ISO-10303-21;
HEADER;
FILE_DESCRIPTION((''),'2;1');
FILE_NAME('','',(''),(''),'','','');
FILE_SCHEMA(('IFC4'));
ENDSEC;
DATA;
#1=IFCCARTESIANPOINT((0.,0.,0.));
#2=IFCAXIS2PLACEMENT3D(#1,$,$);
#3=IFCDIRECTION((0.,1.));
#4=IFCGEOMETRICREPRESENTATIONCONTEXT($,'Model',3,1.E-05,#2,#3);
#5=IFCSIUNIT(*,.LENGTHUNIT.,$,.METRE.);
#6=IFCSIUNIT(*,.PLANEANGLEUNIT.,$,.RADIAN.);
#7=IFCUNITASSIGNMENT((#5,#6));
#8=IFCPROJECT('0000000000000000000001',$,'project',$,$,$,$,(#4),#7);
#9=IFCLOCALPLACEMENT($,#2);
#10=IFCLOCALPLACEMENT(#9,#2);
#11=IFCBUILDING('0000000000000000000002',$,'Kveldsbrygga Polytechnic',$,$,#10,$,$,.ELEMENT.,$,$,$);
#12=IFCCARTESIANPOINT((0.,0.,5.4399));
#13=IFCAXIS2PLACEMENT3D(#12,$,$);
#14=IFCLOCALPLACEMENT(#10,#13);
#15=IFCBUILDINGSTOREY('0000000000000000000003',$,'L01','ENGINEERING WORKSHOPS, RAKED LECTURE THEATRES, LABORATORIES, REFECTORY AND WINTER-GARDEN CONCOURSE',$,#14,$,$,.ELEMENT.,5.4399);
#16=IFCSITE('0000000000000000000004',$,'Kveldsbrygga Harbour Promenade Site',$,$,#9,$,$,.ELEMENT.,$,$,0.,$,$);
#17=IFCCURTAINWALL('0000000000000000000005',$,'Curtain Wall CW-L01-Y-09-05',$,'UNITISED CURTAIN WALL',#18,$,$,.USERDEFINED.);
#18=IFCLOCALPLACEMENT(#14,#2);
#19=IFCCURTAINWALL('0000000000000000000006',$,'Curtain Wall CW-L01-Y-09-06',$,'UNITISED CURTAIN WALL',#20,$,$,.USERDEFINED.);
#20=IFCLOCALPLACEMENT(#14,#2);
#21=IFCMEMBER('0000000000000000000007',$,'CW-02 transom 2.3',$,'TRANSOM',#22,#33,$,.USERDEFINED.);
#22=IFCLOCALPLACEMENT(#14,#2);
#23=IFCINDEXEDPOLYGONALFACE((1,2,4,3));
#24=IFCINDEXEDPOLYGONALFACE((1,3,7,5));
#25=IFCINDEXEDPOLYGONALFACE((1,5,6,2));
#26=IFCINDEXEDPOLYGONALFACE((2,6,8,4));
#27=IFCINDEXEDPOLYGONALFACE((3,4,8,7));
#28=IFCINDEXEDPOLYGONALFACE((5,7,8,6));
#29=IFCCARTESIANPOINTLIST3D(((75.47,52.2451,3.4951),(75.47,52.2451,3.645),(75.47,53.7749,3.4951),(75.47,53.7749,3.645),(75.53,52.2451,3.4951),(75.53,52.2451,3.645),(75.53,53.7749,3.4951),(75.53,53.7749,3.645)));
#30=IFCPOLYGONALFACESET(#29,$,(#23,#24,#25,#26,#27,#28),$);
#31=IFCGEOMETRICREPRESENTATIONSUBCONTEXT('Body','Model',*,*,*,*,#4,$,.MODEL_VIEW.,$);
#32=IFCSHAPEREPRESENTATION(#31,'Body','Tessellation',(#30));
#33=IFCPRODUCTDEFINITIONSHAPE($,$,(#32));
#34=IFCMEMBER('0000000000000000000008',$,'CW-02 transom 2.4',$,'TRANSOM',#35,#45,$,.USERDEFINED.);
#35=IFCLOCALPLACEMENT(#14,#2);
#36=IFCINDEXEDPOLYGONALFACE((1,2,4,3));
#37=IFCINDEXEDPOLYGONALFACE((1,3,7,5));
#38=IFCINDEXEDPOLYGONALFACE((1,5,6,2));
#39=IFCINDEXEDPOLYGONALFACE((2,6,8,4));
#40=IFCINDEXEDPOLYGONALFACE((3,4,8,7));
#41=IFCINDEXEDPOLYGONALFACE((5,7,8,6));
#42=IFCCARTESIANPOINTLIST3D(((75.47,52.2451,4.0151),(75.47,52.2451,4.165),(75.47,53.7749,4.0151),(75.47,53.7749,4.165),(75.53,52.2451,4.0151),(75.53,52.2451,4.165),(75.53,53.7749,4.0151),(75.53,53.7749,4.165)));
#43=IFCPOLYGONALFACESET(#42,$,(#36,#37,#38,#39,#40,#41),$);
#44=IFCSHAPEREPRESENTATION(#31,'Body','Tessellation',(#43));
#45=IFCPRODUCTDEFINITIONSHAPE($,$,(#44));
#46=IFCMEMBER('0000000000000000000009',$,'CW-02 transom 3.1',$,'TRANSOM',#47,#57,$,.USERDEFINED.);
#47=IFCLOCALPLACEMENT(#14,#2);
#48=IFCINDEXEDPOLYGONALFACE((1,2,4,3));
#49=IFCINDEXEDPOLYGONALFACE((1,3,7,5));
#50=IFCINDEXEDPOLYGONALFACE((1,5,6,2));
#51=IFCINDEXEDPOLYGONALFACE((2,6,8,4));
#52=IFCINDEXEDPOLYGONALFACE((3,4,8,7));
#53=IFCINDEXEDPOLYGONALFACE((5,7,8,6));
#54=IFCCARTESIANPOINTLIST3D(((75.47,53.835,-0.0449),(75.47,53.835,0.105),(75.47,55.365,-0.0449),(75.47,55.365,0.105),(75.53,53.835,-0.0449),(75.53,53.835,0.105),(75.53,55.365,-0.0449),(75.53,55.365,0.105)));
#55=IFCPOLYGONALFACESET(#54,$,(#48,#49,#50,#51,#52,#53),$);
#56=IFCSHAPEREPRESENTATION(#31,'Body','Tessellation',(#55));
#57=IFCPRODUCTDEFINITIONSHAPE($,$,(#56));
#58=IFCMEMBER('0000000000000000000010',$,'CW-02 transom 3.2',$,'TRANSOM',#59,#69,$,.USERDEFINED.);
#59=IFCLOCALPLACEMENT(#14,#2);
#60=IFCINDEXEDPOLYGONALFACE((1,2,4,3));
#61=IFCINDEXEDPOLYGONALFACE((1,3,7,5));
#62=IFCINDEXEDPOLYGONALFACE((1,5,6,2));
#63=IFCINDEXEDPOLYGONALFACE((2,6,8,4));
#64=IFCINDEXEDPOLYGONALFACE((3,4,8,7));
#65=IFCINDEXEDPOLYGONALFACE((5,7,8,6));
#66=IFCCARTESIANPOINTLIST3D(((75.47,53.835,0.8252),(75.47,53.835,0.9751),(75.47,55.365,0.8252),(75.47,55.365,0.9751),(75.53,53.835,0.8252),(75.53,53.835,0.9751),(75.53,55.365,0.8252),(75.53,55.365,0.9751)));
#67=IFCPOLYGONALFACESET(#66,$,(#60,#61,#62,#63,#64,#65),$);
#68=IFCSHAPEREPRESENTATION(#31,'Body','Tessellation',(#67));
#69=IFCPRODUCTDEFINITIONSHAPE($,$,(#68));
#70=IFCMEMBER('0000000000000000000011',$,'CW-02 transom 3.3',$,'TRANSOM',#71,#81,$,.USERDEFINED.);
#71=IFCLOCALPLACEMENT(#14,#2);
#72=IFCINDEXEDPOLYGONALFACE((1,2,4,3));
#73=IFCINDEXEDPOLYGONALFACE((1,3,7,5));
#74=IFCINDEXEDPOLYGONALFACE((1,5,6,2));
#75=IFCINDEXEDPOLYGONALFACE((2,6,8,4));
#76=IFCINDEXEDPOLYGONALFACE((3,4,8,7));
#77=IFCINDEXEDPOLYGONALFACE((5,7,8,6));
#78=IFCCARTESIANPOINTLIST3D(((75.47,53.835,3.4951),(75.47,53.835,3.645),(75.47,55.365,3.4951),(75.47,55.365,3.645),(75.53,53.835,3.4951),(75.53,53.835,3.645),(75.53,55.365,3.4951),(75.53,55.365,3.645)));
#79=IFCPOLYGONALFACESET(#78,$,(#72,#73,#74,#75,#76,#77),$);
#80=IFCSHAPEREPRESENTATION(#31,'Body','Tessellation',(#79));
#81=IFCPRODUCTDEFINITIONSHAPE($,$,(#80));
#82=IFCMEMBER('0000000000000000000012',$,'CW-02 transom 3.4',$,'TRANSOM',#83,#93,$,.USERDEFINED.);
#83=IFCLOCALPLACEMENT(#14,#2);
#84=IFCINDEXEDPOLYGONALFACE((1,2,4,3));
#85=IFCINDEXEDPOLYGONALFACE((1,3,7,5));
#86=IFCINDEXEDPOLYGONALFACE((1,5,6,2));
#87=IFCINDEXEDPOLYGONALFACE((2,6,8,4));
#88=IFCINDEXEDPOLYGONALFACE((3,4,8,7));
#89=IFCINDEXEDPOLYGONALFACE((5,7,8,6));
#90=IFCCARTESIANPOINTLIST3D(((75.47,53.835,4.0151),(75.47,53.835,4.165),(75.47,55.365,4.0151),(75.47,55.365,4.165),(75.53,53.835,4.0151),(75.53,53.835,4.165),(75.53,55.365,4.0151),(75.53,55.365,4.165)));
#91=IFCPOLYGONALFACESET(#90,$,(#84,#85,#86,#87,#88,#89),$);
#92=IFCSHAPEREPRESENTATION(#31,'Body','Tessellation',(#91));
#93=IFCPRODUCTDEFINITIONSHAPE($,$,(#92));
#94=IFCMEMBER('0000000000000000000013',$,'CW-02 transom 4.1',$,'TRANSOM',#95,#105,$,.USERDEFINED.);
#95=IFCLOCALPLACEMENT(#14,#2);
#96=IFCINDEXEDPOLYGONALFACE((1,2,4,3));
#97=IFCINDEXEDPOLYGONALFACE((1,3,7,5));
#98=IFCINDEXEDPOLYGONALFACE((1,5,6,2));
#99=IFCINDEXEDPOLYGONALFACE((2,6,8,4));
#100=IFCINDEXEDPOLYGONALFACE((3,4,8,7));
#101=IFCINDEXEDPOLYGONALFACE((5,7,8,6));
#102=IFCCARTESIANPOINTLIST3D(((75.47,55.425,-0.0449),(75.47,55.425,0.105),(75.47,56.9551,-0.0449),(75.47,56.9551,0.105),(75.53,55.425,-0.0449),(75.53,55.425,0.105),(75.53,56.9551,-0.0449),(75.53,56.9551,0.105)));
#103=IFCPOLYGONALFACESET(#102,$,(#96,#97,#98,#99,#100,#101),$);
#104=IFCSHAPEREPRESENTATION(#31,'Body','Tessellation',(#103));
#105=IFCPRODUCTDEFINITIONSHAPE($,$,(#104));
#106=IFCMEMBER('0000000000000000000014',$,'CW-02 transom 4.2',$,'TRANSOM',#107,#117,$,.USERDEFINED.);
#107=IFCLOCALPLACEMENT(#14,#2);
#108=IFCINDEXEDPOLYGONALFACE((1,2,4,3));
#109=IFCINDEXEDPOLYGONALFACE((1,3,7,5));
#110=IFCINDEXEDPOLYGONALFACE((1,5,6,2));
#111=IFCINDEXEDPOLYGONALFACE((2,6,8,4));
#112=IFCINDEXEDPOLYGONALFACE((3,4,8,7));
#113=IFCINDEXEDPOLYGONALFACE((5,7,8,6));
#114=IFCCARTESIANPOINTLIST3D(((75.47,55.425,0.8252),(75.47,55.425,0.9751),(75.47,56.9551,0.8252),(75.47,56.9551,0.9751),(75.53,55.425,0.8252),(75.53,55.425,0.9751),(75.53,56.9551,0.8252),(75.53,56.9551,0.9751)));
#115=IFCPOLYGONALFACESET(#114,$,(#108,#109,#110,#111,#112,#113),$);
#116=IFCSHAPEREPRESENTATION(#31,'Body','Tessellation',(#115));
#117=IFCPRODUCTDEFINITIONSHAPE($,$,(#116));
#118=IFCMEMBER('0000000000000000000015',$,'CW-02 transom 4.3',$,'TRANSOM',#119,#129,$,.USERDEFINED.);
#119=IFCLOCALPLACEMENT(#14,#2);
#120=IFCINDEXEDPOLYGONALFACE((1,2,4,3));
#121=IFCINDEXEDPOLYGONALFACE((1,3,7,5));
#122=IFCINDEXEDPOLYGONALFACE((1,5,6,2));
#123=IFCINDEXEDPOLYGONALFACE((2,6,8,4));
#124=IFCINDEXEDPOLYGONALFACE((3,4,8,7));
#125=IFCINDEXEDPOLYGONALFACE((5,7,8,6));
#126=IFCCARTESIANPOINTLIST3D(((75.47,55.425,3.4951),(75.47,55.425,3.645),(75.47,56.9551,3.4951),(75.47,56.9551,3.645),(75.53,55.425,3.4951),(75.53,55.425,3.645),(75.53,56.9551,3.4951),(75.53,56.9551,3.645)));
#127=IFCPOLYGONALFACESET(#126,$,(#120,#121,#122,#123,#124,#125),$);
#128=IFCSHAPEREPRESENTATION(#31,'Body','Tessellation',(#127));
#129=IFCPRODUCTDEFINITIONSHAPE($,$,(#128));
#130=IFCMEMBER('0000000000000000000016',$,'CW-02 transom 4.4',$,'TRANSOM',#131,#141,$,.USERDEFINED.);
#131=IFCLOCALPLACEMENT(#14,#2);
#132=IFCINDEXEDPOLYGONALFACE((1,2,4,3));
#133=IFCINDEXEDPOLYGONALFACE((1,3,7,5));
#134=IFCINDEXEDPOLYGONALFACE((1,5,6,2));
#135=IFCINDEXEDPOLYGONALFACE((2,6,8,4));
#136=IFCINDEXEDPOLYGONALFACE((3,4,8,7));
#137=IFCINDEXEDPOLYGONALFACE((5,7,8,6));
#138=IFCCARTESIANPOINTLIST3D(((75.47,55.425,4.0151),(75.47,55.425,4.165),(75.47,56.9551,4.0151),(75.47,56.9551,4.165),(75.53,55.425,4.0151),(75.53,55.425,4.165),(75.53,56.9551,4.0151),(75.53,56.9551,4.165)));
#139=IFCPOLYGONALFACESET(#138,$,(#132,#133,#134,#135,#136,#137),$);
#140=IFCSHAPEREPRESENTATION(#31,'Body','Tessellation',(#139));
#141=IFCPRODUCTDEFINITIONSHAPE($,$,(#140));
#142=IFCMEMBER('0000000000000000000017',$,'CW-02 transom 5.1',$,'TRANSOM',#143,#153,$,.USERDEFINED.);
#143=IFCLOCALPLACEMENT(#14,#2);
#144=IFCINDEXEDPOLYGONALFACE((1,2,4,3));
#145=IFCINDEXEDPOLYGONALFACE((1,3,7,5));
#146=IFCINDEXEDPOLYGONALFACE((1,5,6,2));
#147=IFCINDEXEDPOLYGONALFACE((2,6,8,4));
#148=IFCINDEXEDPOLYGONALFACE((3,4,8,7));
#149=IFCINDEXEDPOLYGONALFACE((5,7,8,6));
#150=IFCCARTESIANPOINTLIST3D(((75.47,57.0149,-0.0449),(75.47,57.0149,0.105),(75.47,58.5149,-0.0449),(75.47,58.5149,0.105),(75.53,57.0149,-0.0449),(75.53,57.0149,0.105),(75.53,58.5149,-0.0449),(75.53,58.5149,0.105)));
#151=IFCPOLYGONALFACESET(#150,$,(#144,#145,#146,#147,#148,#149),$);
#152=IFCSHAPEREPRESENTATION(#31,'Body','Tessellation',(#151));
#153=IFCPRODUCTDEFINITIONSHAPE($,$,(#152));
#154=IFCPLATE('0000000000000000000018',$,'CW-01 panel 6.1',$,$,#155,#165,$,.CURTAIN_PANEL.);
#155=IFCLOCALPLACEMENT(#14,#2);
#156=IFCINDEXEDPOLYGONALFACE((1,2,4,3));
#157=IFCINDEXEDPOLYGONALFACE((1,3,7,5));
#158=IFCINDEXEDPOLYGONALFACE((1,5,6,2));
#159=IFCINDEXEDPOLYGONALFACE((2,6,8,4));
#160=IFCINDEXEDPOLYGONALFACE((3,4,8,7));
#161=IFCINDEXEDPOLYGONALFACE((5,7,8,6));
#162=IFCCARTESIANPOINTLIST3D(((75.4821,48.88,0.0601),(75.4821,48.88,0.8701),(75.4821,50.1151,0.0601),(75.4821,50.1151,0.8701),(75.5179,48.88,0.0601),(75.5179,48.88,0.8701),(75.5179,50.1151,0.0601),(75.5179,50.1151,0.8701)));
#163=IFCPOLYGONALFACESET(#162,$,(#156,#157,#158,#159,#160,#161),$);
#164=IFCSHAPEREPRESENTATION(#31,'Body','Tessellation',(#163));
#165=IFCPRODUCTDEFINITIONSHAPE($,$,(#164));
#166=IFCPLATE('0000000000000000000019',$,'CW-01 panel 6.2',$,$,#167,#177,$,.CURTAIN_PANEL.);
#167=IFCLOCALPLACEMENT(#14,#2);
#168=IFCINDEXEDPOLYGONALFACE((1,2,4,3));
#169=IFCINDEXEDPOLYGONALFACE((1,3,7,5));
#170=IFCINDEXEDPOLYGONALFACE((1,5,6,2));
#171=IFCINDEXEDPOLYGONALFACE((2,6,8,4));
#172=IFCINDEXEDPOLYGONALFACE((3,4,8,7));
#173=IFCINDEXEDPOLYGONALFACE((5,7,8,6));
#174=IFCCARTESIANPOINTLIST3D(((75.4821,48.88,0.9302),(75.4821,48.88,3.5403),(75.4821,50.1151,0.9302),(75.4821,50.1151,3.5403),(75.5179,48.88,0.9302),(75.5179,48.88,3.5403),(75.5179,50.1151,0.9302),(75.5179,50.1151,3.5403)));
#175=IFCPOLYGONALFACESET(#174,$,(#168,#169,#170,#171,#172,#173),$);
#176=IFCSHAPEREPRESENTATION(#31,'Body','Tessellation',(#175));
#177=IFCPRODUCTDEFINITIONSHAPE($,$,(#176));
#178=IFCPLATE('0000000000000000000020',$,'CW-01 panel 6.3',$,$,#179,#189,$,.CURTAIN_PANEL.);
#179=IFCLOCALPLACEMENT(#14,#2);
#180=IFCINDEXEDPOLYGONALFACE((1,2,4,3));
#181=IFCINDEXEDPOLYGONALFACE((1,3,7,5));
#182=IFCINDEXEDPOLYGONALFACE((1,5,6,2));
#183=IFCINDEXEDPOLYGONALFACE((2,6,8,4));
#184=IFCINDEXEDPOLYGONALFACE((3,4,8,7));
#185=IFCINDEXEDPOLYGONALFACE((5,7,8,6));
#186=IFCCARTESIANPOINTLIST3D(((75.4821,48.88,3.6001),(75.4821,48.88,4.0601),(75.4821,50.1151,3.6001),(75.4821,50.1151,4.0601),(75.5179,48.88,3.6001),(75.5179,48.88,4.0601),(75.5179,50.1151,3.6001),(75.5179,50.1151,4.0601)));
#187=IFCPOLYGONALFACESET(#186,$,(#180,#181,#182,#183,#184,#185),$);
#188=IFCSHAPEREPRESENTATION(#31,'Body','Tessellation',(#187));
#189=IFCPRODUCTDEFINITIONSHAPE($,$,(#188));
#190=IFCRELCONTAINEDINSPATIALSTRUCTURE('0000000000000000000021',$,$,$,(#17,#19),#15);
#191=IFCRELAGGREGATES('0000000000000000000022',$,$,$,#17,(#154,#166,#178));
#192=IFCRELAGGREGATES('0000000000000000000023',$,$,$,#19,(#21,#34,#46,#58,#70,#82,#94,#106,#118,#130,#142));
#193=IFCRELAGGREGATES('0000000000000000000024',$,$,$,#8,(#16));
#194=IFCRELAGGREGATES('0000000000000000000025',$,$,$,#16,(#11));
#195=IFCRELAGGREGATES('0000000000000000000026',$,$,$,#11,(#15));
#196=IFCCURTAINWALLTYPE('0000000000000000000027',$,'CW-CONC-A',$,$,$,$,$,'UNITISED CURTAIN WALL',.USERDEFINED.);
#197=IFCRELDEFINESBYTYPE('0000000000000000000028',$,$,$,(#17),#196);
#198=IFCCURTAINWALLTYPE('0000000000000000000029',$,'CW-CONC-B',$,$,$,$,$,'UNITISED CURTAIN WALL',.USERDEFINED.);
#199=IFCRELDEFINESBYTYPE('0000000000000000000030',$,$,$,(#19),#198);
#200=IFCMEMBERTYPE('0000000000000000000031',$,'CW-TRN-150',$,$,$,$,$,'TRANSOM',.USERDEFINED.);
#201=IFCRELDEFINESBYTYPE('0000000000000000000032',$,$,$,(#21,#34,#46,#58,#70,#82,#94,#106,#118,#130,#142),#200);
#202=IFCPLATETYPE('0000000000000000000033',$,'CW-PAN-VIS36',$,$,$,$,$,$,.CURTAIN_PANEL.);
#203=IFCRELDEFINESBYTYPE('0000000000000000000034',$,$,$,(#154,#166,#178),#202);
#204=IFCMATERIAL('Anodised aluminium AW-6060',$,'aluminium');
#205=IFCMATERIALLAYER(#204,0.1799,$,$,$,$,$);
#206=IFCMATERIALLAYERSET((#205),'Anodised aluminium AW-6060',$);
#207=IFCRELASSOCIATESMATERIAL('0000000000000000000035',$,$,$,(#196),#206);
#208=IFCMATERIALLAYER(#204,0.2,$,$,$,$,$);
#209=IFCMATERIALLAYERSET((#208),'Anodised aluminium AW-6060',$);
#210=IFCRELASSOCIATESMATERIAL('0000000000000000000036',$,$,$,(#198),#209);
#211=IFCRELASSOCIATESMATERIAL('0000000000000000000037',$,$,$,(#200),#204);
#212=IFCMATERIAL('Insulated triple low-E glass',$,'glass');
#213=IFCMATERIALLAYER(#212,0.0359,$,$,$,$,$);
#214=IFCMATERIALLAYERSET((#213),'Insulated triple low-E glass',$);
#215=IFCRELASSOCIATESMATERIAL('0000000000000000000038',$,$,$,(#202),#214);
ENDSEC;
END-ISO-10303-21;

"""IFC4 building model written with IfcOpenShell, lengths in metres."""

from ifc_helpers import new_model, si_unit, direction, frame, origin, origin_2d, place, context, subcontext, project, spatial, rectangle, extrude, material, layer, layer_set, material_profile, profile_set, type_object, element, aggregate, save


model = new_model("IFC4")

# Units and contexts
model_context = context("Model", 3, precision=1e-05, world=origin(), true_north=direction((0.0, 1.0)))
body_context = subcontext(model_context, "Body", "Model", "MODEL_VIEW")
ifc_project = project(units=[si_unit("LENGTHUNIT", "METRE"), si_unit("PLANEANGLEUNIT", "RADIAN")], contexts=[model_context])

# Site, building, storey
site_placement = place(None, origin())
site = spatial("IfcSite", under=ifc_project, at=site_placement, Name="Kveldsbrygga Harbour Promenade Site", CompositionType="ELEMENT", RefElevation=0.0)
building_placement = place(site_placement, origin())
building = spatial("IfcBuilding", under=site, at=building_placement, Name="Kveldsbrygga Polytechnic", CompositionType="ELEMENT")
storey_placement = place(building_placement, frame((0.0, 0.0, 5.4399)))
storey = spatial("IfcBuildingStorey", under=building, at=storey_placement, Name="L01", Description="ENGINEERING WORKSHOPS, RAKED LECTURE THEATRES, LABORATORIES, REFECTORY AND WINTER-GARDEN CONCOURSE", CompositionType="ELEMENT", Elevation=5.4399)

# Curtain wall
ifc_material_1 = material(Name="Anodised aluminium AW-6060", Category="aluminium")
ifc_layer_1 = layer(ifc_material_1, 0.1799)
ifc_layer_set_1 = layer_set([ifc_layer_1], Name="Anodised aluminium AW-6060")
curtain_wall_type_1 = type_object("IfcCurtainWallType", Name="CW-CONC-A", ElementType="UNITISED CURTAIN WALL", PredefinedType="USERDEFINED", material=ifc_layer_set_1)
curtain_wall_1_placement = place(storey_placement, origin())
curtain_wall_1 = element("IfcCurtainWall", 1, at=curtain_wall_1_placement, inside=storey, type_object=curtain_wall_type_1, Name="Curtain Wall CW-L01-Y-09-05", ObjectType="UNITISED CURTAIN WALL", PredefinedType="USERDEFINED")

# Curtain wall
ifc_layer_2 = layer(ifc_material_1, 0.2)
ifc_layer_set_2 = layer_set([ifc_layer_2], Name="Anodised aluminium AW-6060")
curtain_wall_type_2 = type_object("IfcCurtainWallType", Name="CW-CONC-B", ElementType="UNITISED CURTAIN WALL", PredefinedType="USERDEFINED", material=ifc_layer_set_2)
curtain_wall_2_placement = place(storey_placement, origin())
curtain_wall_2 = element("IfcCurtainWall", 2, at=curtain_wall_2_placement, inside=storey, type_object=curtain_wall_type_2, Name="Curtain Wall CW-L01-Y-09-06", ObjectType="UNITISED CURTAIN WALL", PredefinedType="USERDEFINED")

# Members
ifc_material_profile_1 = material_profile(ifc_material_1, rectangle(XDim=0.0601, YDim=0.1499, at=origin_2d()), Name="ALU 60x150")
ifc_profile_set_1 = profile_set([ifc_material_profile_1], Name="Anodised aluminium AW-6060")
member_type_1 = type_object("IfcMemberType", Name="CW-TRN-150", ElementType="TRANSOM", PredefinedType="USERDEFINED", material=ifc_profile_set_1)
member_1_placement = place(storey_placement, frame((75.5, 52.2451, 3.5701), z_axis=(0.0, 1.0, 0.0), x_axis=(-1.0, 0.0, 0.0)))
member_1 = element("IfcMember", 3, at=member_1_placement, type_object=member_type_1, Name="CW-02 transom 2.3", ObjectType="TRANSOM", PredefinedType="USERDEFINED", context=body_context, shape_type="SweptSolid", body=[
    extrude(rectangle(XDim=0.0601, YDim=0.1499, at=origin_2d()), origin(), (0.0, 0.0, 1.0), 1.5298),
])
member_2_placement = place(storey_placement, frame((75.5, 52.2451, 4.0901), z_axis=(0.0, 1.0, 0.0), x_axis=(-1.0, 0.0, 0.0)))
member_2 = element("IfcMember", 4, at=member_2_placement, type_object=member_type_1, Name="CW-02 transom 2.4", ObjectType="TRANSOM", PredefinedType="USERDEFINED", context=body_context, shape_type="SweptSolid", body=[
    extrude(rectangle(XDim=0.0601, YDim=0.1499, at=origin_2d()), origin(), (0.0, 0.0, 1.0), 1.5298),
])
member_3_placement = place(storey_placement, frame((75.5, 53.835, 0.03), z_axis=(0.0, 1.0, 0.0), x_axis=(-1.0, 0.0, 0.0)))
member_3 = element("IfcMember", 5, at=member_3_placement, type_object=member_type_1, Name="CW-02 transom 3.1", ObjectType="TRANSOM", PredefinedType="USERDEFINED", context=body_context, shape_type="SweptSolid", body=[
    extrude(rectangle(XDim=0.0601, YDim=0.1499, at=origin_2d()), origin(), (0.0, 0.0, 1.0), 1.53),
])
member_4_placement = place(storey_placement, frame((75.5, 53.835, 0.9001), z_axis=(0.0, 1.0, 0.0), x_axis=(-1.0, 0.0, 0.0)))
member_4 = element("IfcMember", 6, at=member_4_placement, type_object=member_type_1, Name="CW-02 transom 3.2", ObjectType="TRANSOM", PredefinedType="USERDEFINED", context=body_context, shape_type="SweptSolid", body=[
    extrude(rectangle(XDim=0.0601, YDim=0.1499, at=origin_2d()), origin(), (0.0, 0.0, 1.0), 1.53),
])
member_5_placement = place(storey_placement, frame((75.5, 53.835, 3.5701), z_axis=(0.0, 1.0, 0.0), x_axis=(-1.0, 0.0, 0.0)))
member_5 = element("IfcMember", 7, at=member_5_placement, type_object=member_type_1, Name="CW-02 transom 3.3", ObjectType="TRANSOM", PredefinedType="USERDEFINED", context=body_context, shape_type="SweptSolid", body=[
    extrude(rectangle(XDim=0.0601, YDim=0.1499, at=origin_2d()), origin(), (0.0, 0.0, 1.0), 1.53),
])
member_6_placement = place(storey_placement, frame((75.5, 53.835, 4.0901), z_axis=(0.0, 1.0, 0.0), x_axis=(-1.0, 0.0, 0.0)))
member_6 = element("IfcMember", 8, at=member_6_placement, type_object=member_type_1, Name="CW-02 transom 3.4", ObjectType="TRANSOM", PredefinedType="USERDEFINED", context=body_context, shape_type="SweptSolid", body=[
    extrude(rectangle(XDim=0.0601, YDim=0.1499, at=origin_2d()), origin(), (0.0, 0.0, 1.0), 1.53),
])
member_7_placement = place(storey_placement, frame((75.5, 55.425, 0.03), z_axis=(0.0, 1.0, 0.0), x_axis=(-1.0, 0.0, 0.0)))
member_7 = element("IfcMember", 9, at=member_7_placement, type_object=member_type_1, Name="CW-02 transom 4.1", ObjectType="TRANSOM", PredefinedType="USERDEFINED", context=body_context, shape_type="SweptSolid", body=[
    extrude(rectangle(XDim=0.0601, YDim=0.1499, at=origin_2d()), origin(), (0.0, 0.0, 1.0), 1.53),
])
member_8_placement = place(storey_placement, frame((75.5, 55.425, 0.9001), z_axis=(0.0, 1.0, 0.0), x_axis=(-1.0, 0.0, 0.0)))
member_8 = element("IfcMember", 10, at=member_8_placement, type_object=member_type_1, Name="CW-02 transom 4.2", ObjectType="TRANSOM", PredefinedType="USERDEFINED", context=body_context, shape_type="SweptSolid", body=[
    extrude(rectangle(XDim=0.0601, YDim=0.1499, at=origin_2d()), origin(), (0.0, 0.0, 1.0), 1.53),
])
member_9_placement = place(storey_placement, frame((75.5, 55.425, 3.5701), z_axis=(0.0, 1.0, 0.0), x_axis=(-1.0, 0.0, 0.0)))
member_9 = element("IfcMember", 11, at=member_9_placement, type_object=member_type_1, Name="CW-02 transom 4.3", ObjectType="TRANSOM", PredefinedType="USERDEFINED", context=body_context, shape_type="SweptSolid", body=[
    extrude(rectangle(XDim=0.0601, YDim=0.1499, at=origin_2d()), origin(), (0.0, 0.0, 1.0), 1.53),
])
member_10_placement = place(storey_placement, frame((75.5, 55.425, 4.0901), z_axis=(0.0, 1.0, 0.0), x_axis=(-1.0, 0.0, 0.0)))
member_10 = element("IfcMember", 12, at=member_10_placement, type_object=member_type_1, Name="CW-02 transom 4.4", ObjectType="TRANSOM", PredefinedType="USERDEFINED", context=body_context, shape_type="SweptSolid", body=[
    extrude(rectangle(XDim=0.0601, YDim=0.1499, at=origin_2d()), origin(), (0.0, 0.0, 1.0), 1.53),
])
member_11_placement = place(storey_placement, frame((75.5, 57.0149, 0.03), z_axis=(0.0, 1.0, 0.0), x_axis=(-1.0, 0.0, 0.0)))
member_11 = element("IfcMember", 13, at=member_11_placement, type_object=member_type_1, Name="CW-02 transom 5.1", ObjectType="TRANSOM", PredefinedType="USERDEFINED", context=body_context, shape_type="SweptSolid", body=[
    extrude(rectangle(XDim=0.0601, YDim=0.1499, at=origin_2d()), origin(), (0.0, 0.0, 1.0), 1.5),
])

# Plates
ifc_material_2 = material(Name="Insulated triple low-E glass", Category="glass")
ifc_layer_3 = layer(ifc_material_2, 0.0359)
ifc_layer_set_3 = layer_set([ifc_layer_3], Name="Insulated triple low-E glass")
plate_type_1 = type_object("IfcPlateType", Name="CW-PAN-VIS36", PredefinedType="CURTAIN_PANEL", material=ifc_layer_set_3)
plate_1_placement = place(storey_placement, frame((75.5, 49.4976, 0.0601), z_axis=(0.0, 0.0, 1.0), x_axis=(0.0, 1.0, 0.0)))
plate_1 = element("IfcPlate", 14, at=plate_1_placement, type_object=plate_type_1, Name="CW-01 panel 6.1", PredefinedType="CURTAIN_PANEL", context=body_context, shape_type="SweptSolid", body=[
    extrude(rectangle(XDim=1.2351, YDim=0.0359, at=origin_2d()), origin(), (0.0, 0.0, 1.0), 0.8101),
])
plate_2_placement = place(storey_placement, frame((75.5, 49.4976, 0.9302), z_axis=(0.0, 0.0, 1.0), x_axis=(0.0, 1.0, 0.0)))
plate_2 = element("IfcPlate", 15, at=plate_2_placement, type_object=plate_type_1, Name="CW-01 panel 6.2", PredefinedType="CURTAIN_PANEL", context=body_context, shape_type="SweptSolid", body=[
    extrude(rectangle(XDim=1.2351, YDim=0.0359, at=origin_2d()), origin(), (0.0, 0.0, 1.0), 2.6101),
])
plate_3_placement = place(storey_placement, frame((75.5, 49.4976, 3.6001), z_axis=(0.0, 0.0, 1.0), x_axis=(0.0, 1.0, 0.0)))
plate_3 = element("IfcPlate", 16, at=plate_3_placement, type_object=plate_type_1, Name="CW-01 panel 6.3", PredefinedType="CURTAIN_PANEL", context=body_context, shape_type="SweptSolid", body=[
    extrude(rectangle(XDim=1.2351, YDim=0.0359, at=origin_2d()), origin(), (0.0, 0.0, 1.0), 0.46),
])
aggregate(curtain_wall_1, [plate_1, plate_2, plate_3])
aggregate(curtain_wall_2, [member_1, member_2, member_3, member_4, member_5, member_6, member_7, member_8, member_9, member_10, member_11])

save(model, "model.ifc")
